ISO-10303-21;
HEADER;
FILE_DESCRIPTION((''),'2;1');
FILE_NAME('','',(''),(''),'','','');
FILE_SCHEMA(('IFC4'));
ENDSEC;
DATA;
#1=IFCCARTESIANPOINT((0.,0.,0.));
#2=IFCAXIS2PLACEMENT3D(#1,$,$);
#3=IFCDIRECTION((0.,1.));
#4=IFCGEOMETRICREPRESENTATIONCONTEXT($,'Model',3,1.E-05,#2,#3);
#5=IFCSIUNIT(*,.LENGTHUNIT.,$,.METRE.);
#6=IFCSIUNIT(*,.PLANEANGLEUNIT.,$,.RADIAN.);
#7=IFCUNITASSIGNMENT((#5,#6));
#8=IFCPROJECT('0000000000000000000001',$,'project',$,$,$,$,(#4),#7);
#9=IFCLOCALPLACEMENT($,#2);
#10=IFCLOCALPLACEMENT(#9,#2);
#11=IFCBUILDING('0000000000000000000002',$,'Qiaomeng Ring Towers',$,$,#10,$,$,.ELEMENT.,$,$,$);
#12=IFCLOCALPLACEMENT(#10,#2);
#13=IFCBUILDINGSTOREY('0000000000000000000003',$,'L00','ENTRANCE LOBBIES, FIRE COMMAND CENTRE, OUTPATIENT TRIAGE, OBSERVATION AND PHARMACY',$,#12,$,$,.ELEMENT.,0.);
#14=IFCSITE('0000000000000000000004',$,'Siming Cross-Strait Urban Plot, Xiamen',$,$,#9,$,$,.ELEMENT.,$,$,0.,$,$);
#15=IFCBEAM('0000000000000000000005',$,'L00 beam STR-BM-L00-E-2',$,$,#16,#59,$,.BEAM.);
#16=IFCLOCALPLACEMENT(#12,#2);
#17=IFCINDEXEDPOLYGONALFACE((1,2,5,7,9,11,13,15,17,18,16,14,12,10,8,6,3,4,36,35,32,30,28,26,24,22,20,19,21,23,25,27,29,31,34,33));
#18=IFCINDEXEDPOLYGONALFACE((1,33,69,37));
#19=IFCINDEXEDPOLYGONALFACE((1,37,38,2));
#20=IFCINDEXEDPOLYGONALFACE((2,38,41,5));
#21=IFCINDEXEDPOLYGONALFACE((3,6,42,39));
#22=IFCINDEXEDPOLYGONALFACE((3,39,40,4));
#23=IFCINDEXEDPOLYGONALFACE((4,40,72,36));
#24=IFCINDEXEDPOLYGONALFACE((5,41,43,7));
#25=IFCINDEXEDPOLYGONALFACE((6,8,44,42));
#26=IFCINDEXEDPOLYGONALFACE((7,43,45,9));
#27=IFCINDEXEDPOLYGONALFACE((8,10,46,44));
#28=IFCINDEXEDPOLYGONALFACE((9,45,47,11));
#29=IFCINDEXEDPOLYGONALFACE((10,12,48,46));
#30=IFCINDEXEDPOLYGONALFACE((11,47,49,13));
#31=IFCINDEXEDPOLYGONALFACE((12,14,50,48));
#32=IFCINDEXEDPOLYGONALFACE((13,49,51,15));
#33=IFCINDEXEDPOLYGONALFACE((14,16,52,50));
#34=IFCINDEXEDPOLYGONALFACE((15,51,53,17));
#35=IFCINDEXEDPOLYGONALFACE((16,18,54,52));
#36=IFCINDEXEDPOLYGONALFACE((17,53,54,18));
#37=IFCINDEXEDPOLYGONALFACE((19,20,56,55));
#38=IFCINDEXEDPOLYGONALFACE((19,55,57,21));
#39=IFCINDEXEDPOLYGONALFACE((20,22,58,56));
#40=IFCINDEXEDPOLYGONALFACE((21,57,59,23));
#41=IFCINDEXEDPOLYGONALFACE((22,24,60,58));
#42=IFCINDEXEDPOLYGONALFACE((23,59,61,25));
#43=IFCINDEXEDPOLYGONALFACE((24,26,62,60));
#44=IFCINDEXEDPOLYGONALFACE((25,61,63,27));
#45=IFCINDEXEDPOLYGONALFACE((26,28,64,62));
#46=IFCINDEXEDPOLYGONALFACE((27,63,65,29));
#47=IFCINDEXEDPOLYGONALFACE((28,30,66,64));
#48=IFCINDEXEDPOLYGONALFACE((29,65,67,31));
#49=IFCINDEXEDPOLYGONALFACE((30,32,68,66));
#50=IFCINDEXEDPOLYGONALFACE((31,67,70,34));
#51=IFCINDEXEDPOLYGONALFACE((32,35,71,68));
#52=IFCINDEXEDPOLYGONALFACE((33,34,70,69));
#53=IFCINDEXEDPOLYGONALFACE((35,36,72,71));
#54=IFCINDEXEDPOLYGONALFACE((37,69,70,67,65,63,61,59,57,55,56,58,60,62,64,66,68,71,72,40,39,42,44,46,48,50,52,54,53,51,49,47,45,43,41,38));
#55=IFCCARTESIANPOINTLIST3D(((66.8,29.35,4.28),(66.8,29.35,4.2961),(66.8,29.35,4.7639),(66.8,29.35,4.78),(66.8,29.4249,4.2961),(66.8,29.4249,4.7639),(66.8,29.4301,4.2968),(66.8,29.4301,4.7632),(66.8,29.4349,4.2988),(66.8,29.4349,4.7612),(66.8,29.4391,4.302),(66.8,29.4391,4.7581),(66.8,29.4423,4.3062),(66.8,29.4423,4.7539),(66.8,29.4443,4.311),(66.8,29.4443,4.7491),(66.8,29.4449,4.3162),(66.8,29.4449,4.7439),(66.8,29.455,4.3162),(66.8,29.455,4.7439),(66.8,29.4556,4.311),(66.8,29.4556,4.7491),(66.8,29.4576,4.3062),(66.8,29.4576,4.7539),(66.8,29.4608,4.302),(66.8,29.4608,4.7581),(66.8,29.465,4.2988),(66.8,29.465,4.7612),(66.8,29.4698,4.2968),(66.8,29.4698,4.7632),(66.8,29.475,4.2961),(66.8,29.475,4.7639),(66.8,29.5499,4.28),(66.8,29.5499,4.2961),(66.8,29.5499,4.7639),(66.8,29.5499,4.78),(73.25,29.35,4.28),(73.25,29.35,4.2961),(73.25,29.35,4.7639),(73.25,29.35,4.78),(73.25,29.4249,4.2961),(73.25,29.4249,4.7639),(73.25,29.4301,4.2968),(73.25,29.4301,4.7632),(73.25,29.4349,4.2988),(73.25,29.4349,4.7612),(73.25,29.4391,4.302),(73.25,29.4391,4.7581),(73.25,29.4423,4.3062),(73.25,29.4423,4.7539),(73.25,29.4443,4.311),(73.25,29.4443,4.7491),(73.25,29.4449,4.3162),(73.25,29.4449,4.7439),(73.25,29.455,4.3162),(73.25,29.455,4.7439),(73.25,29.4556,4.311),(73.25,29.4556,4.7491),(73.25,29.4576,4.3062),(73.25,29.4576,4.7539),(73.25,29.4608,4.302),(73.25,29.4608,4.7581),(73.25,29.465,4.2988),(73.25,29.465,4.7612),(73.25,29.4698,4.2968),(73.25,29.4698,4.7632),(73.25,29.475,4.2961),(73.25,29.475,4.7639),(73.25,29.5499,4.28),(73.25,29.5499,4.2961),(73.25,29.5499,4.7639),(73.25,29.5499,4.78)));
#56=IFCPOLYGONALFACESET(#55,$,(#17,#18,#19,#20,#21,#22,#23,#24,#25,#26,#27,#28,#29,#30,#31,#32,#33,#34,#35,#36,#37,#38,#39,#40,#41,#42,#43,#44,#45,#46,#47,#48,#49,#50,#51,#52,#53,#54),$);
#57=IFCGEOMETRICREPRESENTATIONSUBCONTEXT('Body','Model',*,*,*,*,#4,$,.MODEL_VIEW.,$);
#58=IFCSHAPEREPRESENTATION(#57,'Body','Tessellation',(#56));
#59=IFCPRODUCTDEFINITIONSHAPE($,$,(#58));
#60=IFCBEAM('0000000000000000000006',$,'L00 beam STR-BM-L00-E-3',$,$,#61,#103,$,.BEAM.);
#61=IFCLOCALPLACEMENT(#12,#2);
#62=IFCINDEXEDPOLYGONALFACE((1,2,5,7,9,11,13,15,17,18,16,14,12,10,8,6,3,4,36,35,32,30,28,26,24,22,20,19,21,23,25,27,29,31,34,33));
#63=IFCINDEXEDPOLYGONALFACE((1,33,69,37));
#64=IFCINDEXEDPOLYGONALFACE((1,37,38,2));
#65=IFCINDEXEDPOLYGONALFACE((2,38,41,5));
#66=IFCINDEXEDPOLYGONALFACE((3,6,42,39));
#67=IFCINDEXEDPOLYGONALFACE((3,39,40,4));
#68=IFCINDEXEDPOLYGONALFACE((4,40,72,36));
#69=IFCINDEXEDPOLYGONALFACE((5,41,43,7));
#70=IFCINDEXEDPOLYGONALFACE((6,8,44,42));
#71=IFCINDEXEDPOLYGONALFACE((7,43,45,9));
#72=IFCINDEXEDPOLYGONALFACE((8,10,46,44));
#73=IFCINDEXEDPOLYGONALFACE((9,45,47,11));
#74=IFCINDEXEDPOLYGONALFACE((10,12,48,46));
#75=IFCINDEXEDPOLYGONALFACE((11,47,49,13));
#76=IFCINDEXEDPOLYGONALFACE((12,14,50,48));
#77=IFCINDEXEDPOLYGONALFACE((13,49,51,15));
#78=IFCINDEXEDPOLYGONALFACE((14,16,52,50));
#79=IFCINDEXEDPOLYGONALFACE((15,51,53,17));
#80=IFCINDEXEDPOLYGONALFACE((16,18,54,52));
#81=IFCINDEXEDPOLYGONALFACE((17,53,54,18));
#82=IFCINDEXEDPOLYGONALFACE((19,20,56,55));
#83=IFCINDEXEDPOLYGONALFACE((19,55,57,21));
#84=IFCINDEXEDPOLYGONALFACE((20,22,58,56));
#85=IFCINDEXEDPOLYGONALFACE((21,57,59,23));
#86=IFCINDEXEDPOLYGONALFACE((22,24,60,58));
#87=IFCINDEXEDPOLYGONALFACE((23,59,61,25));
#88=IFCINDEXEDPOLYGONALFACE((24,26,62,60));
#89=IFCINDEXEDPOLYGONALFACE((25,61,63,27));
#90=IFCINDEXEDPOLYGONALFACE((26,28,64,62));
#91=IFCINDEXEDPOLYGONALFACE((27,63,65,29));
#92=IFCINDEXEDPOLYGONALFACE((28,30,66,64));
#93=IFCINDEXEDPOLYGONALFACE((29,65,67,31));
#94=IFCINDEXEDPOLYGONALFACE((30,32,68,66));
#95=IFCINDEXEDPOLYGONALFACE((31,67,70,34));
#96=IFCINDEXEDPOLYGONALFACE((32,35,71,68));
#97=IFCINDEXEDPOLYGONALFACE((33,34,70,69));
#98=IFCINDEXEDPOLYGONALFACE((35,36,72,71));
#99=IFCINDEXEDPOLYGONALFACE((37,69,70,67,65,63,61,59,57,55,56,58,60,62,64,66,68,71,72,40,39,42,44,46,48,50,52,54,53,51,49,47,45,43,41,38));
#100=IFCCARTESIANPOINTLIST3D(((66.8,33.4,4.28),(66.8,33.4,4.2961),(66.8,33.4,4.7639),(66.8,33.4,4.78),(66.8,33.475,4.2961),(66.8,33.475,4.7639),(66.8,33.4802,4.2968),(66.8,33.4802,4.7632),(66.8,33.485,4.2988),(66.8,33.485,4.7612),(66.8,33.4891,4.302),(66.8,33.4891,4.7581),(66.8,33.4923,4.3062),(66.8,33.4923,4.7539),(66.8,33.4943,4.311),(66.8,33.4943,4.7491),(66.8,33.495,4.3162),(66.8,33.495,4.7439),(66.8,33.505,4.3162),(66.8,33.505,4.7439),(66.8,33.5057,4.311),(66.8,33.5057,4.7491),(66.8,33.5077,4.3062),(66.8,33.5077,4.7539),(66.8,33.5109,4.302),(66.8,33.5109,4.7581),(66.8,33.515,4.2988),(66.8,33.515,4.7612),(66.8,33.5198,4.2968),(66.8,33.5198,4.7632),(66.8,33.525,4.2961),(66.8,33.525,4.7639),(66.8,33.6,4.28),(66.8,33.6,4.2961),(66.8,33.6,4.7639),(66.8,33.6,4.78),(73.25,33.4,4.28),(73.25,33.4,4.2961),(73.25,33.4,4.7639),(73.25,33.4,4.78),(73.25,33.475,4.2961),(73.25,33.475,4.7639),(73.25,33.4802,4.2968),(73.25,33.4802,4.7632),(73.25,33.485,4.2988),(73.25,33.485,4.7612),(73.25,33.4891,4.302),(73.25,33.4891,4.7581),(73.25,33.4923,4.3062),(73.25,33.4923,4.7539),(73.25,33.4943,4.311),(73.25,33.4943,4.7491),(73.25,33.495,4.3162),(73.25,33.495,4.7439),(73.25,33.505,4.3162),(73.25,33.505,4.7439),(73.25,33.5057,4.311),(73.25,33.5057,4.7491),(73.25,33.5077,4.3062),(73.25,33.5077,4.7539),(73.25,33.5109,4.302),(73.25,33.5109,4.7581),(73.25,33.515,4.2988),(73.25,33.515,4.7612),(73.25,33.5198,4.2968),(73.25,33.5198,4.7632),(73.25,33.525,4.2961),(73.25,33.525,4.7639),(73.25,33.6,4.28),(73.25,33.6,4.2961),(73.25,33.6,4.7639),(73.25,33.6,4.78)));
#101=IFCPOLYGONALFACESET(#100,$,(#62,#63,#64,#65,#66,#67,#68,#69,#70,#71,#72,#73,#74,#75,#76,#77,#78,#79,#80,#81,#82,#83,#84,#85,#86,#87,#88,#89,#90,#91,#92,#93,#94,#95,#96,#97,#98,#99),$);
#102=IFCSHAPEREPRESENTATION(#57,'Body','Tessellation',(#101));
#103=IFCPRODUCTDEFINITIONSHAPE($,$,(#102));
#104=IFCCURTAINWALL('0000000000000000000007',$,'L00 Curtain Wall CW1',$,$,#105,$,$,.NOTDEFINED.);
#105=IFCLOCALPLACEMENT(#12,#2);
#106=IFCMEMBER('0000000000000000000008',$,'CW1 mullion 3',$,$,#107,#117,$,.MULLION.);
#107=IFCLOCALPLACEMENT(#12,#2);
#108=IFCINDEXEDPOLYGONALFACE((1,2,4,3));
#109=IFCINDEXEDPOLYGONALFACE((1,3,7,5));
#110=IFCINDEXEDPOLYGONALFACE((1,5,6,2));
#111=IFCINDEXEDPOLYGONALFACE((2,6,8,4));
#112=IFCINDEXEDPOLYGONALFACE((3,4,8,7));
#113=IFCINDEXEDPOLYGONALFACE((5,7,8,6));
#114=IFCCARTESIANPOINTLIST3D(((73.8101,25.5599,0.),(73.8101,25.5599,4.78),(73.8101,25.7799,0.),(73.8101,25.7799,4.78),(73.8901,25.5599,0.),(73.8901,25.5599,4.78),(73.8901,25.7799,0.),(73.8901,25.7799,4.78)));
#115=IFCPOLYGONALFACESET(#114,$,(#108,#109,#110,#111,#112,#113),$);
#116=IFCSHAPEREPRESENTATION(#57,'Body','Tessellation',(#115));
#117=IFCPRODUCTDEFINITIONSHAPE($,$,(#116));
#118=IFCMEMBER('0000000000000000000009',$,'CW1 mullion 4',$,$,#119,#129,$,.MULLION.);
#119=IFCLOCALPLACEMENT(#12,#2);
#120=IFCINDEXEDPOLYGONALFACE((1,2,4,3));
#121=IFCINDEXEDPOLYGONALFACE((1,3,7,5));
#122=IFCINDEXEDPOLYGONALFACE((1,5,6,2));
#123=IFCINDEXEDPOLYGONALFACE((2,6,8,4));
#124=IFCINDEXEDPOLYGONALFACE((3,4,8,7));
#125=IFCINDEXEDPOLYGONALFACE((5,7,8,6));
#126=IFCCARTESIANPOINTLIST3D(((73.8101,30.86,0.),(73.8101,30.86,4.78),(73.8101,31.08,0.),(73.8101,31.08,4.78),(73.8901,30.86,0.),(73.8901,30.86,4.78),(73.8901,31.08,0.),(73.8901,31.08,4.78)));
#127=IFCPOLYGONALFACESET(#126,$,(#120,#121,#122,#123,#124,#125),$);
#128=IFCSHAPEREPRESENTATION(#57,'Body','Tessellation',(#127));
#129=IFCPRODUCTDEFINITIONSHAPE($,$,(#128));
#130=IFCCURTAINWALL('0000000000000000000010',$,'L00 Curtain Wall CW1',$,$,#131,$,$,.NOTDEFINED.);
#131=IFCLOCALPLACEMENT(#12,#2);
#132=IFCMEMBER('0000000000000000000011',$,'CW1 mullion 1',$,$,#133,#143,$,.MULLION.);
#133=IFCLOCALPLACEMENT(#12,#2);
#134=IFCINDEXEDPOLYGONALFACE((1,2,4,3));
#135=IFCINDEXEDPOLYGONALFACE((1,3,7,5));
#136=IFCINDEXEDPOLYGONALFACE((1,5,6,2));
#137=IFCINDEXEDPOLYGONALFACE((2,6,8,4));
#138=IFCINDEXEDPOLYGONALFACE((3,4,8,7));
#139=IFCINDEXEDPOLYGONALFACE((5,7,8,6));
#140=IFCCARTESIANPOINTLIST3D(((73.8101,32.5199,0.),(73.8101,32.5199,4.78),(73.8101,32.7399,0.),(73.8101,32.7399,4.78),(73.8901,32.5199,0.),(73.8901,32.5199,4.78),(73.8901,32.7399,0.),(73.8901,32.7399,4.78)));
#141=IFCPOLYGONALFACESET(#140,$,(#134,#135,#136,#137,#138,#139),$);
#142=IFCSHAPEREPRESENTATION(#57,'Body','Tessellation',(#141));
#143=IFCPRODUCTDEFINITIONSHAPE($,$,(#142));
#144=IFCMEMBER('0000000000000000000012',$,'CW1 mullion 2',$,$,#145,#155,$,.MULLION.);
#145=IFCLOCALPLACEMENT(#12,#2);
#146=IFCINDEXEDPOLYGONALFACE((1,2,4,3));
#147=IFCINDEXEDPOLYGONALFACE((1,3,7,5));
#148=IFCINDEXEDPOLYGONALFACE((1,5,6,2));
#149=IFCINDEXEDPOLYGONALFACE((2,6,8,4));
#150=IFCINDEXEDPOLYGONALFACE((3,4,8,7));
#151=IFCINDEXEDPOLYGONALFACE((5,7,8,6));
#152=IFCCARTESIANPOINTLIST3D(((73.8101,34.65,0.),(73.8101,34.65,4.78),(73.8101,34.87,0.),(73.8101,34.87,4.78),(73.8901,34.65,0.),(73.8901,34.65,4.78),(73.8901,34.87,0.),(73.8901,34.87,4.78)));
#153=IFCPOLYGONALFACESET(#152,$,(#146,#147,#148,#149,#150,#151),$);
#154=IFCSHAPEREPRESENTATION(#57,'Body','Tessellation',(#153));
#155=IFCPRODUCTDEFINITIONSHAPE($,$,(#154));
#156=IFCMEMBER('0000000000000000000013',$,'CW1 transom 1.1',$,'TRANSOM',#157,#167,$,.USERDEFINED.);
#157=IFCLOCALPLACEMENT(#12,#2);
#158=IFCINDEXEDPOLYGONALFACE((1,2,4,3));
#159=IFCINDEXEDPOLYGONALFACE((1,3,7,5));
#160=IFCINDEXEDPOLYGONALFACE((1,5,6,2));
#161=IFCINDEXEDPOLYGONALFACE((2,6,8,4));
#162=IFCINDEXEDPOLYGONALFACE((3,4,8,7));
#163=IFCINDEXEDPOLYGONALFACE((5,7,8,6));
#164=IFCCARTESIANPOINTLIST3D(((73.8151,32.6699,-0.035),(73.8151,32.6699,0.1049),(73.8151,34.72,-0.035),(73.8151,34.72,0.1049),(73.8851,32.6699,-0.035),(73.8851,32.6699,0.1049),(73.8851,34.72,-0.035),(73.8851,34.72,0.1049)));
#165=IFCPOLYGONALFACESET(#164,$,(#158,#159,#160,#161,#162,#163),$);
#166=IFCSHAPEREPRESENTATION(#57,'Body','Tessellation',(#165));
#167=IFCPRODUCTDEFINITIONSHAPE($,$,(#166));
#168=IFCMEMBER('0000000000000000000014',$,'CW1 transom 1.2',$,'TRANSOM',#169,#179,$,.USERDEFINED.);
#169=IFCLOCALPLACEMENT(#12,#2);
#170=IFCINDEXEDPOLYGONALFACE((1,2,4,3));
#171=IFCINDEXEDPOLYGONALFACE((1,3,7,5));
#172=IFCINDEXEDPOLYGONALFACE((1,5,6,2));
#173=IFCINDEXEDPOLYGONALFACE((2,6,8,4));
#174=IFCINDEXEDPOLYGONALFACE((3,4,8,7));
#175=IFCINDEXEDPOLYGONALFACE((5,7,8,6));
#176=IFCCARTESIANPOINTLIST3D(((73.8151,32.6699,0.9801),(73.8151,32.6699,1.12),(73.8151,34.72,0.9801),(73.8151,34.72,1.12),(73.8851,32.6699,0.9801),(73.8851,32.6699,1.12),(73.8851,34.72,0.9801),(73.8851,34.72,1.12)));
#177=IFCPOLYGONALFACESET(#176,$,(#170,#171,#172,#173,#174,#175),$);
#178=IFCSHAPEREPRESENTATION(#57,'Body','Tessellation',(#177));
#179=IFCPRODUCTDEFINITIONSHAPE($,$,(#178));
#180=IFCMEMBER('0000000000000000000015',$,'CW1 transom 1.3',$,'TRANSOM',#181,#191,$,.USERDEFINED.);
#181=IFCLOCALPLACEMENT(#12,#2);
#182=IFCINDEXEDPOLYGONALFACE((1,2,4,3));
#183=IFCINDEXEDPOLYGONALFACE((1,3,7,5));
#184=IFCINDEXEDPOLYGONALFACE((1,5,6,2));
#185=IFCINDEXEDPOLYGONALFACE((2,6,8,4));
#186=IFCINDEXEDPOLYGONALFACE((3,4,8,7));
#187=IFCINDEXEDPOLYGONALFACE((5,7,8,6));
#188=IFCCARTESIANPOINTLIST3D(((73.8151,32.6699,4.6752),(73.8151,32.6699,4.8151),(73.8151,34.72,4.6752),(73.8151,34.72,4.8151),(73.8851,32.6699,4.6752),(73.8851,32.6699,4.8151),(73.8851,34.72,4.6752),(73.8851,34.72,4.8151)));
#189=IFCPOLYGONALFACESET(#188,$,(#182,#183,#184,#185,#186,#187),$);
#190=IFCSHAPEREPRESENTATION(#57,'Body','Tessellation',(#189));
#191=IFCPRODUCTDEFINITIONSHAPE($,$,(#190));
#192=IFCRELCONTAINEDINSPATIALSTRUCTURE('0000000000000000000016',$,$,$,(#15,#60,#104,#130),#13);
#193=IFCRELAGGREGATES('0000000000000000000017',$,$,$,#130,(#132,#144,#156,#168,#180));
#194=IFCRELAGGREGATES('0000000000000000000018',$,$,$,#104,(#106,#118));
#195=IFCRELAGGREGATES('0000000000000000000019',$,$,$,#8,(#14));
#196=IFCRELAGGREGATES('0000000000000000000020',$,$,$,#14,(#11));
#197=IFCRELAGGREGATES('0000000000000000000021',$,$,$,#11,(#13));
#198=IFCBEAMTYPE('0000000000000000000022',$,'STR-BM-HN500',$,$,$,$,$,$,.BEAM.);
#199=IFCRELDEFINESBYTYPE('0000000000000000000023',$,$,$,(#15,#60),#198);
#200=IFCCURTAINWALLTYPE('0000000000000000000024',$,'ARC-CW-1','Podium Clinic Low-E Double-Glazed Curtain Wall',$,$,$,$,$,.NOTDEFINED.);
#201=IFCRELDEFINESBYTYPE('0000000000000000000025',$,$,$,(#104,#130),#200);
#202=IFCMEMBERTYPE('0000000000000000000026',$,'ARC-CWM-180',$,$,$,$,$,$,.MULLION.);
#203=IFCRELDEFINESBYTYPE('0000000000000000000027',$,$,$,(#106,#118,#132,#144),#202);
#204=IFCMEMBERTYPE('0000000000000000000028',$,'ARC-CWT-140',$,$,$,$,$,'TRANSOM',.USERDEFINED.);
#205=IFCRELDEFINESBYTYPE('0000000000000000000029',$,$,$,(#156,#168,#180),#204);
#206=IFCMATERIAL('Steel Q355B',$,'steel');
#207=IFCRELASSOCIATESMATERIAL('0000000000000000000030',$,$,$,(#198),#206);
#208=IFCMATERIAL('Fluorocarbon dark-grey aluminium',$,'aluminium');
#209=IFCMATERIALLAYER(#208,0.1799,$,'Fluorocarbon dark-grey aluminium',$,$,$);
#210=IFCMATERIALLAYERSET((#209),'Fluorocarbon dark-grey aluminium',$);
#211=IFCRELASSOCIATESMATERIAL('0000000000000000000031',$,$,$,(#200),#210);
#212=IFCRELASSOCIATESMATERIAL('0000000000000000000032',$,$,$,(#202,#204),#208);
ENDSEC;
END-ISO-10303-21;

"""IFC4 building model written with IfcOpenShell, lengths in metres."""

from ifc_helpers import new_model, si_unit, direction, frame, origin, origin_2d, place, context, subcontext, project, spatial, rectangle, i_section, extrude, source, transform, mapped, material, layer, layer_set, material_profile, profile_set, type_object, element, aggregate, save


model = new_model("IFC4")

# Units and contexts
model_context = context("Model", 3, precision=1e-05, world=origin(), true_north=direction((0.0, 1.0)))
body_context = subcontext(model_context, "Body", "Model", "MODEL_VIEW")
ifc_project = project(units=[si_unit("LENGTHUNIT", "METRE"), si_unit("PLANEANGLEUNIT", "RADIAN")], contexts=[model_context])

# Site, building, storey
site_placement = place(None, origin())
site = spatial("IfcSite", under=ifc_project, at=site_placement, Name="Siming Cross-Strait Urban Plot, Xiamen", CompositionType="ELEMENT", RefElevation=0.0)
building_placement = place(site_placement, origin())
building = spatial("IfcBuilding", under=site, at=building_placement, Name="Qiaomeng Ring Towers", CompositionType="ELEMENT")
storey_placement = place(building_placement, origin())
storey = spatial("IfcBuildingStorey", under=building, at=storey_placement, Name="L00", Description="ENTRANCE LOBBIES, FIRE COMMAND CENTRE, OUTPATIENT TRIAGE, OBSERVATION AND PHARMACY", CompositionType="ELEMENT", Elevation=0.0)

# Beams
ifc_material_1 = material(Name="Steel Q355B", Category="steel")
ifc_material_profile_1 = material_profile(ifc_material_1, i_section(OverallWidth=0.2, OverallDepth=0.5, WebThickness=0.01, FlangeThickness=0.0161, FilletRadius=0.02, at=origin_2d()), Name="HN 500x200x10x16")
ifc_profile_set_1 = profile_set([ifc_material_profile_1], Name="Steel Q355B")
beam_type = type_object("IfcBeamType", Name="STR-BM-HN500", PredefinedType="BEAM", material=ifc_profile_set_1)
shared_shape_1 = source(origin(), body_context, "Body", "SweptSolid", [
    extrude(i_section(OverallWidth=0.2, OverallDepth=0.5, WebThickness=0.01, FlangeThickness=0.0161, FilletRadius=0.02, at=origin_2d()), origin(), (0.0, 0.0, 1.0), 6.45),
])
for number, where, z_axis, x_axis, name in (
    (1, (66.8, 29.45, 4.53), (1.0, 0.0, 0.0), (0.0, 1.0, 0.0), "L00 beam STR-BM-L00-E-2"),
    (2, (66.8, 33.5, 4.53), (1.0, 0.0, 0.0), (0.0, 1.0, 0.0), "L00 beam STR-BM-L00-E-3"),
):
    element("IfcBeam", number, at=place(storey_placement, frame(where, z_axis=z_axis, x_axis=x_axis)), inside=storey, type_object=beam_type, Name=name, PredefinedType="BEAM", context=body_context, shape_type="MappedRepresentation", body=[
        mapped(shared_shape_1, transform((0.0, 0.0, 0.0), x_axis=(1.0, 0.0, 0.0), y_axis=(0.0, 1.0, 0.0), z_axis=(0.0, 0.0, 1.0), scale=1.0)),
    ])

# Curtain walls, members
ifc_material_2 = material(Name="Fluorocarbon dark-grey aluminium", Category="aluminium")
ifc_layer_1 = layer(ifc_material_2, 0.1799, Name="Fluorocarbon dark-grey aluminium")
ifc_layer_set_1 = layer_set([ifc_layer_1], Name="Fluorocarbon dark-grey aluminium")
curtain_wall_type = type_object("IfcCurtainWallType", Name="ARC-CW-1", Description="Podium Clinic Low-E Double-Glazed Curtain Wall", PredefinedType="NOTDEFINED", material=ifc_layer_set_1)
curtain_wall_1_placement = place(storey_placement, origin())
curtain_wall_1 = element("IfcCurtainWall", 3, at=curtain_wall_1_placement, inside=storey, type_object=curtain_wall_type, Name="L00 Curtain Wall CW1", PredefinedType="NOTDEFINED")
ifc_material_profile_2 = material_profile(ifc_material_2, rectangle(XDim=0.0801, YDim=0.22, at=origin_2d()), Name="ALU MULL 80x220")
ifc_profile_set_2 = profile_set([ifc_material_profile_2], Name="Fluorocarbon dark-grey aluminium")
member_type_1 = type_object("IfcMemberType", Name="ARC-CWM-180", PredefinedType="MULLION", material=ifc_profile_set_2)
shared_shape_2 = source(origin(), body_context, "Body", "SweptSolid", [
    extrude(rectangle(XDim=0.0801, YDim=0.22, at=origin_2d()), origin(), (0.0, 0.0, 1.0), 4.78),
])
member_1_placement = place(storey_placement, frame((73.8501, 25.6699, 0.0), z_axis=(0.0, 0.0, 1.0), x_axis=(-1.0, 0.0, 0.0)))
member_1 = element("IfcMember", 4, at=member_1_placement, type_object=member_type_1, Name="CW1 mullion 3", PredefinedType="MULLION", context=body_context, shape_type="MappedRepresentation", body=[
    mapped(shared_shape_2, transform((0.0, 0.0, 0.0), x_axis=(1.0, 0.0, 0.0), y_axis=(0.0, 1.0, 0.0), z_axis=(0.0, 0.0, 1.0), scale=1.0)),
])
member_2_placement = place(storey_placement, frame((73.8501, 30.97, 0.0), z_axis=(0.0, 0.0, 1.0), x_axis=(-1.0, 0.0, 0.0)))
member_2 = element("IfcMember", 5, at=member_2_placement, type_object=member_type_1, Name="CW1 mullion 4", PredefinedType="MULLION", context=body_context, shape_type="MappedRepresentation", body=[
    mapped(shared_shape_2, transform((0.0, 0.0, 0.0), x_axis=(1.0, 0.0, 0.0), y_axis=(0.0, 1.0, 0.0), z_axis=(0.0, 0.0, 1.0), scale=1.0)),
])
curtain_wall_2_placement = place(storey_placement, origin())
curtain_wall_2 = element("IfcCurtainWall", 6, at=curtain_wall_2_placement, inside=storey, type_object=curtain_wall_type, Name="L00 Curtain Wall CW1", PredefinedType="NOTDEFINED")
member_3_placement = place(storey_placement, frame((73.8501, 32.6299, 0.0), z_axis=(0.0, 0.0, 1.0), x_axis=(-1.0, 0.0, 0.0)))
member_3 = element("IfcMember", 7, at=member_3_placement, type_object=member_type_1, Name="CW1 mullion 1", PredefinedType="MULLION", context=body_context, shape_type="MappedRepresentation", body=[
    mapped(shared_shape_2, transform((0.0, 0.0, 0.0), x_axis=(1.0, 0.0, 0.0), y_axis=(0.0, 1.0, 0.0), z_axis=(0.0, 0.0, 1.0), scale=1.0)),
])
member_4_placement = place(storey_placement, frame((73.8501, 34.76, 0.0), z_axis=(0.0, 0.0, 1.0), x_axis=(-1.0, 0.0, 0.0)))
member_4 = element("IfcMember", 8, at=member_4_placement, type_object=member_type_1, Name="CW1 mullion 2", PredefinedType="MULLION", context=body_context, shape_type="MappedRepresentation", body=[
    mapped(shared_shape_2, transform((0.0, 0.0, 0.0), x_axis=(1.0, 0.0, 0.0), y_axis=(0.0, 1.0, 0.0), z_axis=(0.0, 0.0, 1.0), scale=1.0)),
])
ifc_material_profile_3 = material_profile(ifc_material_2, rectangle(XDim=0.0701, YDim=0.1399, at=origin_2d()), Name="ALU TRAN 70x140")
ifc_profile_set_3 = profile_set([ifc_material_profile_3], Name="Fluorocarbon dark-grey aluminium")
member_type_2 = type_object("IfcMemberType", Name="ARC-CWT-140", ElementType="TRANSOM", PredefinedType="USERDEFINED", material=ifc_profile_set_3)
shared_shape_3 = source(origin(), body_context, "Body", "SweptSolid", [
    extrude(rectangle(XDim=0.0701, YDim=0.1399, at=origin_2d()), origin(), (0.0, 0.0, 1.0), 2.05),
])
member_5_placement = place(storey_placement, frame((73.8501, 32.6699, 0.0349), z_axis=(0.0, 1.0, 0.0), x_axis=(-1.0, 0.0, 0.0)))
member_5 = element("IfcMember", 9, at=member_5_placement, type_object=member_type_2, Name="CW1 transom 1.1", ObjectType="TRANSOM", PredefinedType="USERDEFINED", context=body_context, shape_type="MappedRepresentation", body=[
    mapped(shared_shape_3, transform((0.0, 0.0, 0.0), x_axis=(1.0, 0.0, 0.0), y_axis=(0.0, 1.0, 0.0), z_axis=(0.0, 0.0, 1.0), scale=1.0)),
])
member_6_placement = place(storey_placement, frame((73.8501, 32.6699, 1.05), z_axis=(0.0, 1.0, 0.0), x_axis=(-1.0, 0.0, 0.0)))
member_6 = element("IfcMember", 10, at=member_6_placement, type_object=member_type_2, Name="CW1 transom 1.2", ObjectType="TRANSOM", PredefinedType="USERDEFINED", context=body_context, shape_type="MappedRepresentation", body=[
    mapped(shared_shape_3, transform((0.0, 0.0, 0.0), x_axis=(1.0, 0.0, 0.0), y_axis=(0.0, 1.0, 0.0), z_axis=(0.0, 0.0, 1.0), scale=1.0)),
])
member_7_placement = place(storey_placement, frame((73.8501, 32.6699, 4.7451), z_axis=(0.0, 1.0, 0.0), x_axis=(-1.0, 0.0, 0.0)))
member_7 = element("IfcMember", 11, at=member_7_placement, type_object=member_type_2, Name="CW1 transom 1.3", ObjectType="TRANSOM", PredefinedType="USERDEFINED", context=body_context, shape_type="MappedRepresentation", body=[
    mapped(shared_shape_3, transform((0.0, 0.0, 0.0), x_axis=(1.0, 0.0, 0.0), y_axis=(0.0, 1.0, 0.0), z_axis=(0.0, 0.0, 1.0), scale=1.0)),
])

aggregate(curtain_wall_2, [member_3, member_4, member_5, member_6, member_7])
aggregate(curtain_wall_1, [member_1, member_2])

save(model, "model.ifc")
